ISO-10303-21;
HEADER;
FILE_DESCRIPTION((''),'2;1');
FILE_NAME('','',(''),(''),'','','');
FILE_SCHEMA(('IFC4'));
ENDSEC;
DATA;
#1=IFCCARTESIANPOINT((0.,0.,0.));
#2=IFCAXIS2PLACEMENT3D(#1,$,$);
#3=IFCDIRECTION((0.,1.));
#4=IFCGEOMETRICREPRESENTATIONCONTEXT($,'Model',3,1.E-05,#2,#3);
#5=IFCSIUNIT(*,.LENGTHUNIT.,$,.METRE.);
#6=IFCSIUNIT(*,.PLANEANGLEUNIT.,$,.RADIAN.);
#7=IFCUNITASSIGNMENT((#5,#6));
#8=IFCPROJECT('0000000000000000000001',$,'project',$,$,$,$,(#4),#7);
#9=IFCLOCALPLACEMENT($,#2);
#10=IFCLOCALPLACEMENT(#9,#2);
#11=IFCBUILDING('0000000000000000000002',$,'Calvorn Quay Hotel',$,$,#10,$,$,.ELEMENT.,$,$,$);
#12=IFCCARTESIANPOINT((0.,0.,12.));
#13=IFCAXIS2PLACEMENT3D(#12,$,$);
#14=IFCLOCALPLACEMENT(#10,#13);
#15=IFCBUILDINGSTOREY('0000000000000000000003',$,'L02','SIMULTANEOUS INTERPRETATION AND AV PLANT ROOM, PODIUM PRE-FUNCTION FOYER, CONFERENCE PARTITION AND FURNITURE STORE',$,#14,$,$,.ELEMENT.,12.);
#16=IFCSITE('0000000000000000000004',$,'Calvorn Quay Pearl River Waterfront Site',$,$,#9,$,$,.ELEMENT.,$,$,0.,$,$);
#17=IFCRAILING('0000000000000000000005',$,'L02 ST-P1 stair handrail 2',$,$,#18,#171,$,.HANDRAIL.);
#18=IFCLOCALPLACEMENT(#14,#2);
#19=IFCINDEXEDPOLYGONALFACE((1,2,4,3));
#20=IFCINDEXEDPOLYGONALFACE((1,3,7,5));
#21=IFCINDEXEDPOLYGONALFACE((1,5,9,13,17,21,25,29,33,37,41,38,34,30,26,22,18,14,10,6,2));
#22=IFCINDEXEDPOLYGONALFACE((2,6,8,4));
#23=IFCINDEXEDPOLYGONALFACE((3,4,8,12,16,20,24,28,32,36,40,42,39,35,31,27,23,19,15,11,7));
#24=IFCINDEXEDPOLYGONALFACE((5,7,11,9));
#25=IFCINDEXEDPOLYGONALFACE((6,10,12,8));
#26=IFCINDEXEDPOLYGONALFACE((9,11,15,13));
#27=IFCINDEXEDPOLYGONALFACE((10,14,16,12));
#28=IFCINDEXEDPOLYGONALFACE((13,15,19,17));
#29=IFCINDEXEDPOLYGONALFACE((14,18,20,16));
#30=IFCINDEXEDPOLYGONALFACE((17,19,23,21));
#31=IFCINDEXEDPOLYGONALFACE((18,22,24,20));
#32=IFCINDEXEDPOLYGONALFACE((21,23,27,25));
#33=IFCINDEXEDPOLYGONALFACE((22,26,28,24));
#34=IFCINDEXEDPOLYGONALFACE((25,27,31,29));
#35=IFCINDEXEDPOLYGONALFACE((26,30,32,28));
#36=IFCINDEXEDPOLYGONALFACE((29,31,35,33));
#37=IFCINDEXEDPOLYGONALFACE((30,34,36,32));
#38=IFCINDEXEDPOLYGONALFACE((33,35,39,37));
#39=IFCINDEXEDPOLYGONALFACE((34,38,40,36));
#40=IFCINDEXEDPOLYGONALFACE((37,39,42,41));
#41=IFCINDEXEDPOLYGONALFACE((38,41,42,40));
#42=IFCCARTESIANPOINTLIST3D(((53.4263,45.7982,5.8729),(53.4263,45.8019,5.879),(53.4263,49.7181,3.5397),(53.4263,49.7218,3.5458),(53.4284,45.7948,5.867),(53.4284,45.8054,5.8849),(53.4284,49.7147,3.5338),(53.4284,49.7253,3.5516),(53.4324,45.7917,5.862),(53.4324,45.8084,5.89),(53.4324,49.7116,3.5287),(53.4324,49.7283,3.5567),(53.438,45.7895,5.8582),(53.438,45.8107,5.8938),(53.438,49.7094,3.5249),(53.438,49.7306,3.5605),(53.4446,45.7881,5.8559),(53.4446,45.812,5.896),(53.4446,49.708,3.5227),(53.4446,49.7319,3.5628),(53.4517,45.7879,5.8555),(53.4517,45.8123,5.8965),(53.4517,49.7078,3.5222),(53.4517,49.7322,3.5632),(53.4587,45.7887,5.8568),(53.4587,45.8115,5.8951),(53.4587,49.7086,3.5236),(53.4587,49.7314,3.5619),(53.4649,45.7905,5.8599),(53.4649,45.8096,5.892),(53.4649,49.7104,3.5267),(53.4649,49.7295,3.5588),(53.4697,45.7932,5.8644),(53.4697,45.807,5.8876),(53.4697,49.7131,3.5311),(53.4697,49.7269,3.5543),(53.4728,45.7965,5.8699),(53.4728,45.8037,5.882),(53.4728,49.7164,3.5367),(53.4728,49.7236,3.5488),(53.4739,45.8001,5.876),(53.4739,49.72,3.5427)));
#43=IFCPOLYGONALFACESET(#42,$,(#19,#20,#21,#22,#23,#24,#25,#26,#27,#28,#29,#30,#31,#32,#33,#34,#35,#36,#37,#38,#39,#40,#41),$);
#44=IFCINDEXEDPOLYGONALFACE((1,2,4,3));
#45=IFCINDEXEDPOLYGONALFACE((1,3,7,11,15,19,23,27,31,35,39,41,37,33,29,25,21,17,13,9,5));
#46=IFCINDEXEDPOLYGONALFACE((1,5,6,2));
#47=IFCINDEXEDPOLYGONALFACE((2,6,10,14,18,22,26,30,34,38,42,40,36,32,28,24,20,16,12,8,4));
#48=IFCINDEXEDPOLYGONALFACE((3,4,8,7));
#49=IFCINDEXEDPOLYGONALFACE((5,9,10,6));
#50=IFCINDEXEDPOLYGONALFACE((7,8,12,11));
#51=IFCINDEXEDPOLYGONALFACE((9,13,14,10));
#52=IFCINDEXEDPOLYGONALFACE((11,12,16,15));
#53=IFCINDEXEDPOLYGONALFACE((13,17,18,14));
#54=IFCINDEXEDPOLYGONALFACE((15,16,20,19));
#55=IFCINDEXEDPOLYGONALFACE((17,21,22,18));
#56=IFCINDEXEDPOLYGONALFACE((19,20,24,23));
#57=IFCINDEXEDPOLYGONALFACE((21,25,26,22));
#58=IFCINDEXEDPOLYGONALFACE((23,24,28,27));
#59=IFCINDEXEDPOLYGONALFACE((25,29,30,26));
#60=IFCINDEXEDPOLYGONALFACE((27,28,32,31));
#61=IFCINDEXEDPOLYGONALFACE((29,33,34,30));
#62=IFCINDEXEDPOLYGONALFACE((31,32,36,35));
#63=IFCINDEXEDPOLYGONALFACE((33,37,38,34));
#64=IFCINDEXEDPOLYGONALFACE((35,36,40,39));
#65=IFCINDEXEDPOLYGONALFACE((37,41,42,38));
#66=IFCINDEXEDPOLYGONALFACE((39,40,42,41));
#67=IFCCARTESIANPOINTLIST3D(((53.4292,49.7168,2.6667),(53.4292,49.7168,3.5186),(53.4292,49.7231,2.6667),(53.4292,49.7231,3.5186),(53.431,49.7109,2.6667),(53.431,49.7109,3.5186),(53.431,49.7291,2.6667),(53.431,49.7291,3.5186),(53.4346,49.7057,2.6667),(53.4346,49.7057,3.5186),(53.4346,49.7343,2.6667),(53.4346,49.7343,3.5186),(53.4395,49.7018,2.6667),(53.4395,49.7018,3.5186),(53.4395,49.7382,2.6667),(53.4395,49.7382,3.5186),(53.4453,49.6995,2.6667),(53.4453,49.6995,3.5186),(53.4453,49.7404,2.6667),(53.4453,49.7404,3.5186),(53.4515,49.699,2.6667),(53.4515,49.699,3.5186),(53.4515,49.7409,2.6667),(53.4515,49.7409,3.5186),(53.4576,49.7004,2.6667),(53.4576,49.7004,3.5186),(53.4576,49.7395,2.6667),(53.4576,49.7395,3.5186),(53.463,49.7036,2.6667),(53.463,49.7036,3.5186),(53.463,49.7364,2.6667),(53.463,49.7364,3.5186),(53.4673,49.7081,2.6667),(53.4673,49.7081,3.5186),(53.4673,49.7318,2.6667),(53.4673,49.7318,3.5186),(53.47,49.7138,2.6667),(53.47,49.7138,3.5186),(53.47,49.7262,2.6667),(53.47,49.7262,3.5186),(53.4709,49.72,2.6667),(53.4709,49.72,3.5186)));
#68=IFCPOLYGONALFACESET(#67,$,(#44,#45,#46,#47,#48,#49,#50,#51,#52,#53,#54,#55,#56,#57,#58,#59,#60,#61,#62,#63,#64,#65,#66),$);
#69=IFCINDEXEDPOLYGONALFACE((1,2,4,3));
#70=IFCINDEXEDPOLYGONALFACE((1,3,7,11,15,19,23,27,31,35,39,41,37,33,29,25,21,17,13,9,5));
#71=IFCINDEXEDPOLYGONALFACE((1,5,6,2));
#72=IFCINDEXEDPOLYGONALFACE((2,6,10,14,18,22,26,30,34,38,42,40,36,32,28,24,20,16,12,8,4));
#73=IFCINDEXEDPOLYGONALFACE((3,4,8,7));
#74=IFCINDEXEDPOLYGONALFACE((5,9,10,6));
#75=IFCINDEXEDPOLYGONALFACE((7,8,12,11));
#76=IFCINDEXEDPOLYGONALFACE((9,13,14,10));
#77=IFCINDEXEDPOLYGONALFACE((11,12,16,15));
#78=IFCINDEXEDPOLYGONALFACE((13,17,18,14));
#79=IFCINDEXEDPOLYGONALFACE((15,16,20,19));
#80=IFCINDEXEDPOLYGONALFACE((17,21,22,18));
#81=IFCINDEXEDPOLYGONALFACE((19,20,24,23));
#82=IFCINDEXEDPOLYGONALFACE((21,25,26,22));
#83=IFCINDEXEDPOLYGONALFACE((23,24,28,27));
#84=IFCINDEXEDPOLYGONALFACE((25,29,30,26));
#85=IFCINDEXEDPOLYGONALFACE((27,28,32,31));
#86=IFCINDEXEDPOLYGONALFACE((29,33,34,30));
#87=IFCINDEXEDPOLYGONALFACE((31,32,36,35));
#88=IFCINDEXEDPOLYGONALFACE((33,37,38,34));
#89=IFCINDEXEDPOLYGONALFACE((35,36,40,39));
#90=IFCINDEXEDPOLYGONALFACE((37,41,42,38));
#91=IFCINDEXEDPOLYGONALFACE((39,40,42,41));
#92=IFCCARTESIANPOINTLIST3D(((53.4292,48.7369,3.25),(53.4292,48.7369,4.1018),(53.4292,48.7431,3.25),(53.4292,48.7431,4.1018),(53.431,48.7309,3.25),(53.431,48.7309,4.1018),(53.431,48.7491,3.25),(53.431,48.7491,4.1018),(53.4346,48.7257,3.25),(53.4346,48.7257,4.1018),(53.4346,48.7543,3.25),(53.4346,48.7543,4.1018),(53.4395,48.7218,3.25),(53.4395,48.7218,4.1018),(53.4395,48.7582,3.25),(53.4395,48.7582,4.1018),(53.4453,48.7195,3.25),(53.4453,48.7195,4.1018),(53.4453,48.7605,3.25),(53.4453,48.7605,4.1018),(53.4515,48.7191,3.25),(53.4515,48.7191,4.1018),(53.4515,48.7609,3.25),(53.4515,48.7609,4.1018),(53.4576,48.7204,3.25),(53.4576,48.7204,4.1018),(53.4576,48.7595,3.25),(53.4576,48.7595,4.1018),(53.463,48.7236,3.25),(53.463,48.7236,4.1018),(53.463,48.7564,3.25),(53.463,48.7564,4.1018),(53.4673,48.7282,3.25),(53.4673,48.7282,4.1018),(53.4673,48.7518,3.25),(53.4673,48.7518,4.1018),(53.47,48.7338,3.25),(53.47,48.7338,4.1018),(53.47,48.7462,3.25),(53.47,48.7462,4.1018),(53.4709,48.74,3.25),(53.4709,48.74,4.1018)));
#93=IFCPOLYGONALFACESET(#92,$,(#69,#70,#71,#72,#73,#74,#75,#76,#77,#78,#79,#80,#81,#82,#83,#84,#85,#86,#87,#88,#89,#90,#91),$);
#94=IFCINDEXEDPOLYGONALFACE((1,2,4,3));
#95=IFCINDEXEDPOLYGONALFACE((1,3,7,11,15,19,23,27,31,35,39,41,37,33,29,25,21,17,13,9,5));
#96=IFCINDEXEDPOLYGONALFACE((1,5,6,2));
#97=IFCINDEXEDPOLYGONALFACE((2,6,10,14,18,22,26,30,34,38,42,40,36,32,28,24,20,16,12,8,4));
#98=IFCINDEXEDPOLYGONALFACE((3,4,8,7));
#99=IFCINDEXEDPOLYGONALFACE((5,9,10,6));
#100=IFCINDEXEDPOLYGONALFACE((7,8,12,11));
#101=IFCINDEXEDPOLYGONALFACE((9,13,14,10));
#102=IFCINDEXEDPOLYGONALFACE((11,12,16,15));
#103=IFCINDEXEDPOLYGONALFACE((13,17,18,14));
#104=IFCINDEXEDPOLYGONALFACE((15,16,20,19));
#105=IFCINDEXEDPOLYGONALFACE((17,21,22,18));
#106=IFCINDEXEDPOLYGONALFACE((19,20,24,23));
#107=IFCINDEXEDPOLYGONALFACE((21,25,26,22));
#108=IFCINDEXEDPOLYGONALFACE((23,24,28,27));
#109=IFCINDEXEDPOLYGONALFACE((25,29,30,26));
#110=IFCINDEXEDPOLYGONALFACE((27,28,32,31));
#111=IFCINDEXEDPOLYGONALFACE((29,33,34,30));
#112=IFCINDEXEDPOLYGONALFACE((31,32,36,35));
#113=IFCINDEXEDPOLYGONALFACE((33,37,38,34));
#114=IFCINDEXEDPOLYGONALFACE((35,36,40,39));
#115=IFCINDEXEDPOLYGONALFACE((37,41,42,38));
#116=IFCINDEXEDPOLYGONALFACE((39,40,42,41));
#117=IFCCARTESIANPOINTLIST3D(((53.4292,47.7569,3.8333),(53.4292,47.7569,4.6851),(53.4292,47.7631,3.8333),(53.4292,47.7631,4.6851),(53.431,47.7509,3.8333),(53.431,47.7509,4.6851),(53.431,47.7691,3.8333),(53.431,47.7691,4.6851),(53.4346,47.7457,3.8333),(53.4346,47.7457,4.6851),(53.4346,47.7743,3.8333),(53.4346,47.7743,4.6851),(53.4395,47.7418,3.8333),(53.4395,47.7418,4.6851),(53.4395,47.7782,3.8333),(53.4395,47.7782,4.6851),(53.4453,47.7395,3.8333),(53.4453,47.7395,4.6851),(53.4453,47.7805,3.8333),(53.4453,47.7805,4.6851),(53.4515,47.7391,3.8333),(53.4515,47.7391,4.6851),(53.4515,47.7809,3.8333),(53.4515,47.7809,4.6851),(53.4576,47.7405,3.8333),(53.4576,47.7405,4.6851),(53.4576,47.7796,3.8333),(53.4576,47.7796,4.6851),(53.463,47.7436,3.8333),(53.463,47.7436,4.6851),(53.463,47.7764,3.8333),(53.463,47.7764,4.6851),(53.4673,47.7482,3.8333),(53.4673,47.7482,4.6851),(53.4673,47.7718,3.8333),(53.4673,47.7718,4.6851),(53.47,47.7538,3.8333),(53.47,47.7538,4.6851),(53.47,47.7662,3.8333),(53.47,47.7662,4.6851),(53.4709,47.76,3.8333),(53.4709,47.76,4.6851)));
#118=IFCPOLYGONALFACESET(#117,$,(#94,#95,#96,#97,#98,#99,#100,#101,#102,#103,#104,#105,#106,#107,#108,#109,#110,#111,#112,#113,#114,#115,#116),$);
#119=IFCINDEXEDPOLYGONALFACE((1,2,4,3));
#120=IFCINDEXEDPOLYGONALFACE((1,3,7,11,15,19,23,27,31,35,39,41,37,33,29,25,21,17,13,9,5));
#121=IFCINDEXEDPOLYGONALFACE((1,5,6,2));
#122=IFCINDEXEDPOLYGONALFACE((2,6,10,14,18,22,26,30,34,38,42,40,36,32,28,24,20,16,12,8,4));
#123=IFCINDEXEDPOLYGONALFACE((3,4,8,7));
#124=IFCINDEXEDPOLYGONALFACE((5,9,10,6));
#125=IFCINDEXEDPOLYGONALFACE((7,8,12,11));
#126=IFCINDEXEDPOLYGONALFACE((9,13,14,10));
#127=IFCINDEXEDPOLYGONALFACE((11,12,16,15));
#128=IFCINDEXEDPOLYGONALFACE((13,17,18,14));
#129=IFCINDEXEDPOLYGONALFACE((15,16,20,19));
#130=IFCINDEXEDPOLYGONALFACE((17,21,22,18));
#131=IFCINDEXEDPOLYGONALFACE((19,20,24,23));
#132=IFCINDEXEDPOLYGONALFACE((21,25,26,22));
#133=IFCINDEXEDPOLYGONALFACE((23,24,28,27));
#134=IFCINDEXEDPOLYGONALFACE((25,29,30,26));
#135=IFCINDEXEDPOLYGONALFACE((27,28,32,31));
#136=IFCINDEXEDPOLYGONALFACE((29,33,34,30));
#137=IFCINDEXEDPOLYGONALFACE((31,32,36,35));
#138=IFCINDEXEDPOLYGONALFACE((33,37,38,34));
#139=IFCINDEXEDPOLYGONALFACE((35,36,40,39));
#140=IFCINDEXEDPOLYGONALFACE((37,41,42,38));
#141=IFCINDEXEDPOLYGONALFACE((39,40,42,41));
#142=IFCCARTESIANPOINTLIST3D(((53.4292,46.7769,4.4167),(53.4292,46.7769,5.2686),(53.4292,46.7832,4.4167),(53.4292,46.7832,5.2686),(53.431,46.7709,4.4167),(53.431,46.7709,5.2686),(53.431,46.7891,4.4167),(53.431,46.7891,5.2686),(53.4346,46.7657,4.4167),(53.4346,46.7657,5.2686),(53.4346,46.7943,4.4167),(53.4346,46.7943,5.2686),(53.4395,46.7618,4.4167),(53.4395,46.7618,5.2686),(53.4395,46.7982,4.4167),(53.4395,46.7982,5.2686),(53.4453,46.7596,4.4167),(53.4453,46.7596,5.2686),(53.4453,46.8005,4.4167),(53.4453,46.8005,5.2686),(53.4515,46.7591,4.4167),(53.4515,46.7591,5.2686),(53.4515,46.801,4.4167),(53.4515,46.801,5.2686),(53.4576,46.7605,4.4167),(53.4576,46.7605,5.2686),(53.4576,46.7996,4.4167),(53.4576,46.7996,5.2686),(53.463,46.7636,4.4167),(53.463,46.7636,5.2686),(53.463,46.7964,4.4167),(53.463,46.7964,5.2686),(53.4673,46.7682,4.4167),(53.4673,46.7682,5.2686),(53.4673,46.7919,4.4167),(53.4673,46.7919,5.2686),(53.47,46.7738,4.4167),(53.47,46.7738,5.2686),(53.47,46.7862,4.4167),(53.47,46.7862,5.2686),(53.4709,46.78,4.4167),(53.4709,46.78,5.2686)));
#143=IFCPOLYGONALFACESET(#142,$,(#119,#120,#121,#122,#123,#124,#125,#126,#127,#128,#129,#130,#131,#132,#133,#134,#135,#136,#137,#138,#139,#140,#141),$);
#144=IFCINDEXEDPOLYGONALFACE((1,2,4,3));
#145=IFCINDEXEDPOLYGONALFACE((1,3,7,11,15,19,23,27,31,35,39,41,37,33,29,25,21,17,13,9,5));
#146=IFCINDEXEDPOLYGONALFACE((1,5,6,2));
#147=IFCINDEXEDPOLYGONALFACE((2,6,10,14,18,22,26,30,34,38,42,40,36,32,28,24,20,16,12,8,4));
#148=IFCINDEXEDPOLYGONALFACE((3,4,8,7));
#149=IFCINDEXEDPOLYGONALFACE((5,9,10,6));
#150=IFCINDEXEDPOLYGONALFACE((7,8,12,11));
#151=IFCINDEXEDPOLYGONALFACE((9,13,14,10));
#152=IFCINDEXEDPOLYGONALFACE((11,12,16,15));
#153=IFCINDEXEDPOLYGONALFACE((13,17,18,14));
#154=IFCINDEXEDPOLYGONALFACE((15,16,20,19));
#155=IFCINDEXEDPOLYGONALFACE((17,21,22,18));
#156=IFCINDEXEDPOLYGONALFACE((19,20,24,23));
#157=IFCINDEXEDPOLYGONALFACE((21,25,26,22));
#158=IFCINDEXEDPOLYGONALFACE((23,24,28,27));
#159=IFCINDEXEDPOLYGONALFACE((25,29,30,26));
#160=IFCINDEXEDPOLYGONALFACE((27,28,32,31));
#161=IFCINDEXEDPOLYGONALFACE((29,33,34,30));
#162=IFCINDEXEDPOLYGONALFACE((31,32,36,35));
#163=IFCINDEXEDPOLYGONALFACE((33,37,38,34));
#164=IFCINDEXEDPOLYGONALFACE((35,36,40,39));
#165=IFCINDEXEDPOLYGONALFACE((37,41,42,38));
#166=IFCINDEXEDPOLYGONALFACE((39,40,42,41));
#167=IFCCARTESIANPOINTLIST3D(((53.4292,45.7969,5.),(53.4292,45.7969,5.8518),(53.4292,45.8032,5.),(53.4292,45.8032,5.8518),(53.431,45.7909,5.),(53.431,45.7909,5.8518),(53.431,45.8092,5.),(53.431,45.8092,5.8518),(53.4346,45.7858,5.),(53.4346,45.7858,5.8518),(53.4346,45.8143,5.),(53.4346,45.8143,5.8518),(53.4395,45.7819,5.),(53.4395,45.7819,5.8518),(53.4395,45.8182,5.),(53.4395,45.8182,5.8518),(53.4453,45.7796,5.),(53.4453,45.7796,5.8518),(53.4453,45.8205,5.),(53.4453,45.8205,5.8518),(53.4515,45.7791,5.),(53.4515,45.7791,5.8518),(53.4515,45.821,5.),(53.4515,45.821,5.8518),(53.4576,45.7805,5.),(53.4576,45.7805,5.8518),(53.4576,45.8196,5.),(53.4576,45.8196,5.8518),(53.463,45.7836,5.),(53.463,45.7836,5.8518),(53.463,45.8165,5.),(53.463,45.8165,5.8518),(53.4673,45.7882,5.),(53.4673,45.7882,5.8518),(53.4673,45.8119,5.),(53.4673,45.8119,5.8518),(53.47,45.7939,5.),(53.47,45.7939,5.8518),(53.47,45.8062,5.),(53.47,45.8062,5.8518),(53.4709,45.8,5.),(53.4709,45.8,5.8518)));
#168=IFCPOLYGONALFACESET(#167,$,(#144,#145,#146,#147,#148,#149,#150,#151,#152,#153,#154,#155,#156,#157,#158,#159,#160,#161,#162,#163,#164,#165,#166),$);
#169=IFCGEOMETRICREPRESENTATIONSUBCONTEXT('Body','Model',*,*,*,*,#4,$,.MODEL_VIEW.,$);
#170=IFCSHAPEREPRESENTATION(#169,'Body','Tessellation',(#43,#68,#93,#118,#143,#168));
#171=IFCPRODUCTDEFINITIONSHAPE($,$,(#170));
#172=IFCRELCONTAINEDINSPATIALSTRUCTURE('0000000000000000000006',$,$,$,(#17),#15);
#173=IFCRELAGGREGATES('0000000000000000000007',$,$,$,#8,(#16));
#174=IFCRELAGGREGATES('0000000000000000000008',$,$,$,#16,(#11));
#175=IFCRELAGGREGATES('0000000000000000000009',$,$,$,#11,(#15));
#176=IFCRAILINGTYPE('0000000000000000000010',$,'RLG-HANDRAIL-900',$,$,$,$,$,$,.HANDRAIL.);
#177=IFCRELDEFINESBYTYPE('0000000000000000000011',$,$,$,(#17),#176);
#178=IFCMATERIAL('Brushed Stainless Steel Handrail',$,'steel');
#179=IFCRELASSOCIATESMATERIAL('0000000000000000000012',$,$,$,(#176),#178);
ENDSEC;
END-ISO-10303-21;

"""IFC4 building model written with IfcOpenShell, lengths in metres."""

from ifc_helpers import new_model, si_unit, direction, frame, origin, origin_2d, place, context, subcontext, project, spatial, circle, extrude, material, type_object, element, save


model = new_model("IFC4")

# Units and contexts
model_context = context("Model", 3, precision=1e-05, world=origin(), true_north=direction((0.0, 1.0)))
body_context = subcontext(model_context, "Body", "Model", "MODEL_VIEW")
ifc_project = project(units=[si_unit("LENGTHUNIT", "METRE"), si_unit("PLANEANGLEUNIT", "RADIAN")], contexts=[model_context])

# Site, building, storey
site_placement = place(None, origin())
site = spatial("IfcSite", under=ifc_project, at=site_placement, Name="Calvorn Quay Pearl River Waterfront Site", CompositionType="ELEMENT", RefElevation=0.0)
building_placement = place(site_placement, origin())
building = spatial("IfcBuilding", under=site, at=building_placement, Name="Calvorn Quay Hotel", CompositionType="ELEMENT")
storey_placement = place(building_placement, frame((0.0, 0.0, 12.0)))
storey = spatial("IfcBuildingStorey", under=building, at=storey_placement, Name="L02", Description="SIMULTANEOUS INTERPRETATION AND AV PLANT ROOM, PODIUM PRE-FUNCTION FOYER, CONFERENCE PARTITION AND FURNITURE STORE", CompositionType="ELEMENT", Elevation=12.0)

# Railing
ifc_material_1 = material(Name="Brushed Stainless Steel Handrail", Category="steel")
railing_type_1 = type_object("IfcRailingType", Name="RLG-HANDRAIL-900", PredefinedType="HANDRAIL", material=ifc_material_1)
railing_1_placement = place(storey_placement, frame((53.45, 49.72, 2.6667)))
element("IfcRailing", 1, at=railing_1_placement, inside=storey, type_object=railing_type_1, Name="L02 ST-P1 stair handrail 2", PredefinedType="HANDRAIL", context=body_context, shape_type="SweptSolid", body=[
    extrude(circle(Radius=0.0239, at=origin_2d()), frame((0.0, 0.0, 0.876), z_axis=(0.0, -0.859296, 0.511478), x_axis=(1.0, 0.0, 0.0)), (0.0, 0.0, 1.0), 4.5618),
    extrude(circle(Radius=0.021, at=origin_2d()), origin(), (0.0, 0.0, 1.0), 0.8518),
    extrude(circle(Radius=0.021, at=origin_2d()), frame((0.0, -0.98, 0.5833)), (0.0, 0.0, 1.0), 0.8518),
    extrude(circle(Radius=0.021, at=origin_2d()), frame((0.0, -1.96, 1.1665)), (0.0, 0.0, 1.0), 0.8518),
    extrude(circle(Radius=0.021, at=origin_2d()), frame((0.0, -2.9399, 1.75)), (0.0, 0.0, 1.0), 0.8518),
    extrude(circle(Radius=0.021, at=origin_2d()), frame((0.0, -3.9199, 2.3333)), (0.0, 0.0, 1.0), 0.8518),
])

save(model, "model.ifc")
